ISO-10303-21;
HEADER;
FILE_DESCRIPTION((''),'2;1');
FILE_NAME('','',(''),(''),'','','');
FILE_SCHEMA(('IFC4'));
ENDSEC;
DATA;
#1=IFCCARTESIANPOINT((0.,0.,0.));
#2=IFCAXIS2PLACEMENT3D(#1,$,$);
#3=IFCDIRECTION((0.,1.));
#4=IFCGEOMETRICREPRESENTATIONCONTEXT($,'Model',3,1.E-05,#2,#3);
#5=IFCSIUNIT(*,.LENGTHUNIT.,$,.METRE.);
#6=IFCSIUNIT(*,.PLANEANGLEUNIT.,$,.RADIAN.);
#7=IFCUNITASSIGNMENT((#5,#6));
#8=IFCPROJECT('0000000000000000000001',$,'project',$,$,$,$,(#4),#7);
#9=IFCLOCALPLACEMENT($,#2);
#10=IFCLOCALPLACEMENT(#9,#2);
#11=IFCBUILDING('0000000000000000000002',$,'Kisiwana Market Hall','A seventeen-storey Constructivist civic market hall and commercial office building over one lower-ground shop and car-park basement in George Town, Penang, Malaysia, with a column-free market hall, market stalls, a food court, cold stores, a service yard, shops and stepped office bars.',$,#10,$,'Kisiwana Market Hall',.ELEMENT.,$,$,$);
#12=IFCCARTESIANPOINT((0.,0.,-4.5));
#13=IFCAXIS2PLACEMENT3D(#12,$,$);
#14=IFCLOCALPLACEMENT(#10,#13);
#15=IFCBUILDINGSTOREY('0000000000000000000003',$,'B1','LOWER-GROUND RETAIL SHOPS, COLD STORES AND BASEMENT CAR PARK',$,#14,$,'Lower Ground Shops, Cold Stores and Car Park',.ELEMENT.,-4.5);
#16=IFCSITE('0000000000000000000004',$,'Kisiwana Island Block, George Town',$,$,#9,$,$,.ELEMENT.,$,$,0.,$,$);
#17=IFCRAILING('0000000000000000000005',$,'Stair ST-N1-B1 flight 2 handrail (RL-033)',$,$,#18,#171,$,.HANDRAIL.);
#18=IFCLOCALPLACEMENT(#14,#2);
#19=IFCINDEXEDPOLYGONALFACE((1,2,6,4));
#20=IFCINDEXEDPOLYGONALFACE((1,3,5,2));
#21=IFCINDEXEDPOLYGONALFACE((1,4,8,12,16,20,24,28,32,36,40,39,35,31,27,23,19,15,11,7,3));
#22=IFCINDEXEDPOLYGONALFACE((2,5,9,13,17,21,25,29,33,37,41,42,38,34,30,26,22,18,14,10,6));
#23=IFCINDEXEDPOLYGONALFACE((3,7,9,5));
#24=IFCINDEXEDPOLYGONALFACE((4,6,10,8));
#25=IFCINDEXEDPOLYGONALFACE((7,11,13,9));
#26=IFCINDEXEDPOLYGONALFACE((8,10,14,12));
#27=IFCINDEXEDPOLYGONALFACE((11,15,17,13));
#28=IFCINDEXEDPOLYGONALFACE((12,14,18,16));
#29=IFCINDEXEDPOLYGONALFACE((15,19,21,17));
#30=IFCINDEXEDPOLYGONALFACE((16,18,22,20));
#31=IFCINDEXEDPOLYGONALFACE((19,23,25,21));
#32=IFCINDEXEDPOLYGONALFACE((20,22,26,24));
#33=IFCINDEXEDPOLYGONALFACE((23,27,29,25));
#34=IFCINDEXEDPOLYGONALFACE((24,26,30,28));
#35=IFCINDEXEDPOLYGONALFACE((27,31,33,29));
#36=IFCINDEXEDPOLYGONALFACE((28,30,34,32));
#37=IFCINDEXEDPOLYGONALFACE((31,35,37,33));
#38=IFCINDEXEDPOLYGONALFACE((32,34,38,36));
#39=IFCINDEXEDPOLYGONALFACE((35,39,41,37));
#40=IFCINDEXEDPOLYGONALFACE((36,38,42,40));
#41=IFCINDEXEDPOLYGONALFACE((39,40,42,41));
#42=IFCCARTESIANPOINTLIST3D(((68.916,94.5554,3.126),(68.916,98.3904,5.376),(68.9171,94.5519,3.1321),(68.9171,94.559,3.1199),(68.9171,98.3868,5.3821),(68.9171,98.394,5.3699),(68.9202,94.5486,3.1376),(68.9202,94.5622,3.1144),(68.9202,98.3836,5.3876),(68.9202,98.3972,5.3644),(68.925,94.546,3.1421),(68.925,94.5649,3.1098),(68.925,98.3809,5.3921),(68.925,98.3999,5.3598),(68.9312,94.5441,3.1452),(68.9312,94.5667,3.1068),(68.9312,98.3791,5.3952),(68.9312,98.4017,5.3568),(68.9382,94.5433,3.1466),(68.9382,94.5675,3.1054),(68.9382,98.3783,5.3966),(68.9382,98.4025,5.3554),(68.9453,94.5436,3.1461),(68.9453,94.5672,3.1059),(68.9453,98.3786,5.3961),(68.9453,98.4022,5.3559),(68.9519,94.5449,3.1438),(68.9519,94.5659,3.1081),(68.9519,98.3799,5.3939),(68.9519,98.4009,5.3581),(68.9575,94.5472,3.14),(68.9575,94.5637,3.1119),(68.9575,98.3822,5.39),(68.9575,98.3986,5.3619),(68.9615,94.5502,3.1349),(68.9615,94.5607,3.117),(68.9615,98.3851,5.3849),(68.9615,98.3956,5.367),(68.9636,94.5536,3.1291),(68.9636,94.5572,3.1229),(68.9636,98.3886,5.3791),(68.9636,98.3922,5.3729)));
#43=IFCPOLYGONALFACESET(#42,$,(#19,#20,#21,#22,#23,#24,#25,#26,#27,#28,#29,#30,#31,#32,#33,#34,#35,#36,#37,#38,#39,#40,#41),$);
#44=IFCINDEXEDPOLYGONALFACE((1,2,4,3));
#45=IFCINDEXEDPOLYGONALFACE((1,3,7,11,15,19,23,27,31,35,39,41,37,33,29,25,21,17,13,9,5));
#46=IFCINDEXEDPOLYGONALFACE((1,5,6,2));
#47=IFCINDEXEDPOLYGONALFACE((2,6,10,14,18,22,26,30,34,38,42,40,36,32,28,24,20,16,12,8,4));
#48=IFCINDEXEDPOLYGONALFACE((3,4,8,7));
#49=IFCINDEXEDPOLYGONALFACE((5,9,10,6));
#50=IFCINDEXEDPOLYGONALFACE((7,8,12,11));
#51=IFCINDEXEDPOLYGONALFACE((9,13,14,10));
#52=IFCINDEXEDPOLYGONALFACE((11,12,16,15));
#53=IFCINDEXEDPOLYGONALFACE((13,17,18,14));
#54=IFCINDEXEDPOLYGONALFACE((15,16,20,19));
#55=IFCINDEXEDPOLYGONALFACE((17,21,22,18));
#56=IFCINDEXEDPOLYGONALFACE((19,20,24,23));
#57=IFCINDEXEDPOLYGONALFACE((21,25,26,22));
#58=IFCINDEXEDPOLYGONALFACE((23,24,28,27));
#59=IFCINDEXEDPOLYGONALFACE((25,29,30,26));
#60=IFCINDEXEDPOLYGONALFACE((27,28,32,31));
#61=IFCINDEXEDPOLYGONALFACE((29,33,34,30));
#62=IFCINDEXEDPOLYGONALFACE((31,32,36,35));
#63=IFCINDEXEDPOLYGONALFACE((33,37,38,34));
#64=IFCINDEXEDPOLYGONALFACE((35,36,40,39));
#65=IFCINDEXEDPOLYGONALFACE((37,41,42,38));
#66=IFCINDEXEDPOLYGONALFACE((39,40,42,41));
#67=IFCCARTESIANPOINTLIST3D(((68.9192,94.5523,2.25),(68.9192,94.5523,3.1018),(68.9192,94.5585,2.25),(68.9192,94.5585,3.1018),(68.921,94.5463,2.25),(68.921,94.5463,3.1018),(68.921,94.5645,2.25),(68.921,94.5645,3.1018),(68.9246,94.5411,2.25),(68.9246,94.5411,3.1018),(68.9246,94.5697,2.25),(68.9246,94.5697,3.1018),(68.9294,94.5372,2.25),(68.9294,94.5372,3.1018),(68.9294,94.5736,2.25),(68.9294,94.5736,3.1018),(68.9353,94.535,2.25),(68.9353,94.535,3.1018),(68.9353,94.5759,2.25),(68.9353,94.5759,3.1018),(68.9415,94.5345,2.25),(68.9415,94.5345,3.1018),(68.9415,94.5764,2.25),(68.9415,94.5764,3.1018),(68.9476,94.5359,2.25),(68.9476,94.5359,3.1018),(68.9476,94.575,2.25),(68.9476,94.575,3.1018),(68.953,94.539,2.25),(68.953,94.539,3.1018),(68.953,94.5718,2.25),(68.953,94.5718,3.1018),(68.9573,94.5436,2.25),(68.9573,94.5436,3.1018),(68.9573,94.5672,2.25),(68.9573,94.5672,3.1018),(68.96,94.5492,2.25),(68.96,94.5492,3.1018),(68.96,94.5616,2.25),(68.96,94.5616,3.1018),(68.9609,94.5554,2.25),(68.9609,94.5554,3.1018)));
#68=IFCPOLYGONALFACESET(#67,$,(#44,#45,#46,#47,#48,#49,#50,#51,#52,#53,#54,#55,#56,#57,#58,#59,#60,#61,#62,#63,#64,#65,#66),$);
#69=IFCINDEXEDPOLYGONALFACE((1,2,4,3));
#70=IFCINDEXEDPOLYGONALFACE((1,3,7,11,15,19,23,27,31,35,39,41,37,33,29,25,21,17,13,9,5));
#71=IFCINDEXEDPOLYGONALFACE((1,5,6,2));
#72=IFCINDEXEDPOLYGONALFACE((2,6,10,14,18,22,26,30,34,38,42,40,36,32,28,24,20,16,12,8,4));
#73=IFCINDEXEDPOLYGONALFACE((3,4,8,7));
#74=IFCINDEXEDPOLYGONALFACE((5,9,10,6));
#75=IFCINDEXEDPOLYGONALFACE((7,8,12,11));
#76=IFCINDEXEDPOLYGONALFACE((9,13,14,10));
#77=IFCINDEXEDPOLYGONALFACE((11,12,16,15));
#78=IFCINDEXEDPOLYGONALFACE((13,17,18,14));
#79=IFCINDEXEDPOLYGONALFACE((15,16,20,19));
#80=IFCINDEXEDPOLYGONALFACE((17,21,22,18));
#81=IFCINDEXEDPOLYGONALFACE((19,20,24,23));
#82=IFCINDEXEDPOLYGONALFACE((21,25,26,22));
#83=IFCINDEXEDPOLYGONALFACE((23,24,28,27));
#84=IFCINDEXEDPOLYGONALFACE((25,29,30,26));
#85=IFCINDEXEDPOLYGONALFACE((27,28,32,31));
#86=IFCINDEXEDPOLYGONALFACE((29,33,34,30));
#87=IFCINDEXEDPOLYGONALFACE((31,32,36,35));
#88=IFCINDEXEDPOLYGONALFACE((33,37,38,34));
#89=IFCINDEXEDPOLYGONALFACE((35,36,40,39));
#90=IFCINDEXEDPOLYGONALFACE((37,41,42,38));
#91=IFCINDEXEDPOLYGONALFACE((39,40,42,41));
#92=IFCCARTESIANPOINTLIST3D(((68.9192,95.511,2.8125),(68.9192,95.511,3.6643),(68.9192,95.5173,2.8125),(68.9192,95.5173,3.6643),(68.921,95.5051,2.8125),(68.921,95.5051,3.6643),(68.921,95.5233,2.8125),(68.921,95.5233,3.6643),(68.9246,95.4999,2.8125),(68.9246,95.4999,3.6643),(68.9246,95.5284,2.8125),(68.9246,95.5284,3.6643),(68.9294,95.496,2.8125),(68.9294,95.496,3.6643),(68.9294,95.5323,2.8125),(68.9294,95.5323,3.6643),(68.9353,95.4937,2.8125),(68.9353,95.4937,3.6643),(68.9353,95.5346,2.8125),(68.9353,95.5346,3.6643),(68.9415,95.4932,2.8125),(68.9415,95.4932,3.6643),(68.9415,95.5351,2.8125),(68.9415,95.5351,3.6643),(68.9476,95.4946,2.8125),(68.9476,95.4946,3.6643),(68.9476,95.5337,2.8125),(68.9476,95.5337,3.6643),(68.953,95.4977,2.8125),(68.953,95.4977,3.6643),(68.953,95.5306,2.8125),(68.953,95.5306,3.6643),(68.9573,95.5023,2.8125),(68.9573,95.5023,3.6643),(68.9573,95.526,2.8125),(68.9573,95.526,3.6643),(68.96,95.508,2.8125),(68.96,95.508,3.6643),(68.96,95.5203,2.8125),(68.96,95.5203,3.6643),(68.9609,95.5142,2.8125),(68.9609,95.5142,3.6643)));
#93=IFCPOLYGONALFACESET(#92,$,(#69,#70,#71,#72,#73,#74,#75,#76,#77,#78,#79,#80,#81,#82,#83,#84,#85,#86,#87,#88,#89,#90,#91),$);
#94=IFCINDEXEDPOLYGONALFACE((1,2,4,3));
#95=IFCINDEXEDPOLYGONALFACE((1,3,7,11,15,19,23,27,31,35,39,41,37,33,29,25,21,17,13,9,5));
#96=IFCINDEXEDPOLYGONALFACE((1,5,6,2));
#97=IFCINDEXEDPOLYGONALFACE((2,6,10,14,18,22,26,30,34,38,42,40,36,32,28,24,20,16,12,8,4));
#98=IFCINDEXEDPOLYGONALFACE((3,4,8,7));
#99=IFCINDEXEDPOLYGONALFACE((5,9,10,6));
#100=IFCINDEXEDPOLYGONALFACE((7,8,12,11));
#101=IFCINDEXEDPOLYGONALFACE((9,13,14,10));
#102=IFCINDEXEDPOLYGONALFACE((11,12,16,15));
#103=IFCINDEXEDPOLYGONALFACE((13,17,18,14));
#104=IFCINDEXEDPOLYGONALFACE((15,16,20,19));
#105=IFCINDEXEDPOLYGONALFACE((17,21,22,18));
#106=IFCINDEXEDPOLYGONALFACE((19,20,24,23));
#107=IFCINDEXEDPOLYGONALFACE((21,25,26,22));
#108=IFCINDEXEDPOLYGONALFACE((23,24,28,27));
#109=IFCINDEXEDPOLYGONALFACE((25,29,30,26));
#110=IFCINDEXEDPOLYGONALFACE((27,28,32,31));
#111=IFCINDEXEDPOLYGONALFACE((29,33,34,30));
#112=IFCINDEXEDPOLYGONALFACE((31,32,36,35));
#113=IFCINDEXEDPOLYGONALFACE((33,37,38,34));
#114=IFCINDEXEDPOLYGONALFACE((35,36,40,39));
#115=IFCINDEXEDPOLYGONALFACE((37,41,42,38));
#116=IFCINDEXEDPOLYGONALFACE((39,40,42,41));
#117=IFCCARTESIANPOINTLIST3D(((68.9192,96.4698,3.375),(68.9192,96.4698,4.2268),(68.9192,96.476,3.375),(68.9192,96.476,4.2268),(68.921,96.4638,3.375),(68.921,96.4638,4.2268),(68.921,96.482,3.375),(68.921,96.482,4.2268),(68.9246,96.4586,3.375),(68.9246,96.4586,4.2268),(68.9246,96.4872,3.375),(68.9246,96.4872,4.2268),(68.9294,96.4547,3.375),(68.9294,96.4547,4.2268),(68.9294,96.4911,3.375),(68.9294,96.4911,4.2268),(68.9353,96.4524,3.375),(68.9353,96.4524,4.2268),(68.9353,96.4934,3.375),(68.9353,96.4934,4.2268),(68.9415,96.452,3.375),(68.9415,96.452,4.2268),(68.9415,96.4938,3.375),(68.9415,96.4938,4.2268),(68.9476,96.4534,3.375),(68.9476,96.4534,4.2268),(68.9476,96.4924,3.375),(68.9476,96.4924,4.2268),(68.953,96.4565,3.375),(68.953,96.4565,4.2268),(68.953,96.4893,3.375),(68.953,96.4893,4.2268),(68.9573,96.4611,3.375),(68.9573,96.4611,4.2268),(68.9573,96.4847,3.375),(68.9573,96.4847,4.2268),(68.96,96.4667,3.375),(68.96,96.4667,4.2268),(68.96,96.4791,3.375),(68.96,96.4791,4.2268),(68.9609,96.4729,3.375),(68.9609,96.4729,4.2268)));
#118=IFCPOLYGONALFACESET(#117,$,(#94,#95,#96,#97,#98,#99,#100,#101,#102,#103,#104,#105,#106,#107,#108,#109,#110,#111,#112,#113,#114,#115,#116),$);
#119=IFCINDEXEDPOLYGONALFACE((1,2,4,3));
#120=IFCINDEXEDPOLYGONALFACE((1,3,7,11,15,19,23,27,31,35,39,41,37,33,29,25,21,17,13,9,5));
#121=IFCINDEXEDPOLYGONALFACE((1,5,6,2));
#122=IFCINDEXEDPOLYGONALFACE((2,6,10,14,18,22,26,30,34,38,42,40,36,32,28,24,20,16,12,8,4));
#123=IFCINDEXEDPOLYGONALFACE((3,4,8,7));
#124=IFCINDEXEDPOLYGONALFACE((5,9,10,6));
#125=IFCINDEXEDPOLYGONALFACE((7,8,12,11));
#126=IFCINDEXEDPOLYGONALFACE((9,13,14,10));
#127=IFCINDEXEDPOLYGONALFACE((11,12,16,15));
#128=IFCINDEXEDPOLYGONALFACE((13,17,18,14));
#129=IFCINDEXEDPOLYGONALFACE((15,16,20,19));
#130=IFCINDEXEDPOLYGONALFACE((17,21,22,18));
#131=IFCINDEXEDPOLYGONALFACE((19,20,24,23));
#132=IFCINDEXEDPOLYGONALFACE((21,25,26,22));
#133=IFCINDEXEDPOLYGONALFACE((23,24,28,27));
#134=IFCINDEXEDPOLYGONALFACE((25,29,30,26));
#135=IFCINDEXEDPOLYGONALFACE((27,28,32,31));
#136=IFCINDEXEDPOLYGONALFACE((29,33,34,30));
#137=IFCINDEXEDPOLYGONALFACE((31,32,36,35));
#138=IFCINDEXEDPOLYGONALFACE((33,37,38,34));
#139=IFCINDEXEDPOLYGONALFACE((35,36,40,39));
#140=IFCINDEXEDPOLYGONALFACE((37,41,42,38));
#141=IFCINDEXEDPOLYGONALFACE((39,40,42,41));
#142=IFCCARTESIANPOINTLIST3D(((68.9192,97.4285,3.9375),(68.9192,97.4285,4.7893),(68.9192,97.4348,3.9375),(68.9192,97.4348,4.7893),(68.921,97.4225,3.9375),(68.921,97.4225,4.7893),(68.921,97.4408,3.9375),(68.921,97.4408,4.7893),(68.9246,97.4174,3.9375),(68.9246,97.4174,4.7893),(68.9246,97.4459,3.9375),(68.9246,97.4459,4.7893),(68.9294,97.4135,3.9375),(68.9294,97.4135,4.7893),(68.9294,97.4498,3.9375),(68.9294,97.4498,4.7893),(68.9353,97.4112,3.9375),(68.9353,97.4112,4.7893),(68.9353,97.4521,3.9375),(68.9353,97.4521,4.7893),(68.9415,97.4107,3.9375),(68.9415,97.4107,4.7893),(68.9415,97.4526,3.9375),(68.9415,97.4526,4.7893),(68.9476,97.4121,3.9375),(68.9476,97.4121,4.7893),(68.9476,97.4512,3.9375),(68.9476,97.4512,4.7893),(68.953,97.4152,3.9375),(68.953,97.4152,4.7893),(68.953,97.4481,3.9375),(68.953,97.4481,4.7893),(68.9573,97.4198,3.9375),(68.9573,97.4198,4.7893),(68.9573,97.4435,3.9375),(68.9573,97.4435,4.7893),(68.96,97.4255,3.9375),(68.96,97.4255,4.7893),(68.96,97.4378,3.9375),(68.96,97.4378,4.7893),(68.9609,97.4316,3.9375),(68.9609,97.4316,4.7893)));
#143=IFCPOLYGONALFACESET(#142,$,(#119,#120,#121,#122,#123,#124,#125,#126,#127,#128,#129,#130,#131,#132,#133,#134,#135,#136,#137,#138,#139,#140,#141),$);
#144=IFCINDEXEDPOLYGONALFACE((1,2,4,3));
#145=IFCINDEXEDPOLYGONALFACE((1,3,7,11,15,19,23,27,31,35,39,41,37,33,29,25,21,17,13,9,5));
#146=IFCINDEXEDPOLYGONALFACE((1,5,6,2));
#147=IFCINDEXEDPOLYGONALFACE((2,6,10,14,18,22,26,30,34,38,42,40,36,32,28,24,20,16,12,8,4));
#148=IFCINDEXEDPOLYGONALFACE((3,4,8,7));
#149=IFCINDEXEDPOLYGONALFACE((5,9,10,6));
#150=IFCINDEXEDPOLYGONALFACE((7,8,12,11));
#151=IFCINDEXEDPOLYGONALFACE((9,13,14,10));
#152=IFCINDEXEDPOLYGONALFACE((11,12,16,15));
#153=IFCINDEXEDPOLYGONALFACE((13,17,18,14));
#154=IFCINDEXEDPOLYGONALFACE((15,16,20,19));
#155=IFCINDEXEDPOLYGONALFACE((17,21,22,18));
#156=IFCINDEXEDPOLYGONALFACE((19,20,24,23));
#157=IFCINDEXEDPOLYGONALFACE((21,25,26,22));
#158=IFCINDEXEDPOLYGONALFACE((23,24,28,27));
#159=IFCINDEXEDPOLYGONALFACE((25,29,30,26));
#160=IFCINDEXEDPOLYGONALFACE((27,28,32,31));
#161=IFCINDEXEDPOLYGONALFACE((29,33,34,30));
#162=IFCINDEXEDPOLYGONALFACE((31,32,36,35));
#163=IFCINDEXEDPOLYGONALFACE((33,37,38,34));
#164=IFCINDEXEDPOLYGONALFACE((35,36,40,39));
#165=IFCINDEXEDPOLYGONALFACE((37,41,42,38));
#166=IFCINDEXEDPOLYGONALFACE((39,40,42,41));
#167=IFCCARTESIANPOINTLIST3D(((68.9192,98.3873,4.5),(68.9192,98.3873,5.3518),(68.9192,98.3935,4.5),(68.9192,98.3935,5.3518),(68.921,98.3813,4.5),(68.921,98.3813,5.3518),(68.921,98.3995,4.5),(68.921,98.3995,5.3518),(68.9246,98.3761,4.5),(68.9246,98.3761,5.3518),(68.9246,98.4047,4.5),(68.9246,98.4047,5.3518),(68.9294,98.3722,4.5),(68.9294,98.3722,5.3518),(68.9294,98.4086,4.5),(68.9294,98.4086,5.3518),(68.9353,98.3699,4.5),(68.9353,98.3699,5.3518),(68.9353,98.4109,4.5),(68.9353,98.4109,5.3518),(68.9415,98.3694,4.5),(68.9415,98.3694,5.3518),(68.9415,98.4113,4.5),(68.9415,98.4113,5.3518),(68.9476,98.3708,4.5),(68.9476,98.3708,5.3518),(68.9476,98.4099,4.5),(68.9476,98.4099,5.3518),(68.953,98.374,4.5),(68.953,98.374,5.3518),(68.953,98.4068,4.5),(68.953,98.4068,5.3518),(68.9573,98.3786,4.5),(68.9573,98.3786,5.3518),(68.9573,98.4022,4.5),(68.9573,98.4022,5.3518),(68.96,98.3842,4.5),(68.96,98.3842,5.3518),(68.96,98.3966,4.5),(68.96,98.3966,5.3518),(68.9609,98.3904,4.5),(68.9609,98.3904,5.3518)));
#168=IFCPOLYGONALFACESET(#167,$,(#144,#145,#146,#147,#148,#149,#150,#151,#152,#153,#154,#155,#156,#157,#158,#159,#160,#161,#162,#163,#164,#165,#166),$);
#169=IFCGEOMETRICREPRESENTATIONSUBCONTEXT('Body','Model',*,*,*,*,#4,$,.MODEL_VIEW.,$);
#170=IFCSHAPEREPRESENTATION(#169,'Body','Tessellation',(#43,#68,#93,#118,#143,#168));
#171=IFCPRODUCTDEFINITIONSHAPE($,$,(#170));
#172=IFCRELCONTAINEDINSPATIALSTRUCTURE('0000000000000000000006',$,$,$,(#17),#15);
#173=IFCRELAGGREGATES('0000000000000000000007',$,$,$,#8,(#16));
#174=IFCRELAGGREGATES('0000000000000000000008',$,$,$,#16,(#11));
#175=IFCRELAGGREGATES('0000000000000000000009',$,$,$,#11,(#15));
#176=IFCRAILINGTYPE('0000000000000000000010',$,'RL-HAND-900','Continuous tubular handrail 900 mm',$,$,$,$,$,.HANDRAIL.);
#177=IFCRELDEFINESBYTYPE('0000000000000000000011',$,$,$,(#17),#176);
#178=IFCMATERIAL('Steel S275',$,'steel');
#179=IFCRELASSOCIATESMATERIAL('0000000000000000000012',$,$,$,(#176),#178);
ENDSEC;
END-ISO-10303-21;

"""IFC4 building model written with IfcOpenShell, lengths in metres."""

from ifc_helpers import new_model, si_unit, direction, frame, origin, origin_2d, place, context, subcontext, project, spatial, circle, extrude, material, type_object, element, save


model = new_model("IFC4")

# Units and contexts
model_context = context("Model", 3, precision=1e-05, world=origin(), true_north=direction((0.0, 1.0)))
body_context = subcontext(model_context, "Body", "Model", "MODEL_VIEW")
ifc_project = project(units=[si_unit("LENGTHUNIT", "METRE"), si_unit("PLANEANGLEUNIT", "RADIAN")], contexts=[model_context])

# Site, building, storey
site_placement = place(None, origin())
site = spatial("IfcSite", under=ifc_project, at=site_placement, Name="Kisiwana Island Block, George Town", CompositionType="ELEMENT", RefElevation=0.0)
building_placement = place(site_placement, origin())
building = spatial("IfcBuilding", under=site, at=building_placement, Name="Kisiwana Market Hall", Description="A seventeen-storey Constructivist civic market hall and commercial office building over one lower-ground shop and car-park basement in George Town, Penang, Malaysia, with a column-free market hall, market stalls, a food court, cold stores, a service yard, shops and stepped office bars.", LongName="Kisiwana Market Hall", CompositionType="ELEMENT")
storey_placement = place(building_placement, frame((0.0, 0.0, -4.5)))
storey = spatial("IfcBuildingStorey", under=building, at=storey_placement, Name="B1", Description="LOWER-GROUND RETAIL SHOPS, COLD STORES AND BASEMENT CAR PARK", LongName="Lower Ground Shops, Cold Stores and Car Park", CompositionType="ELEMENT", Elevation=-4.5)

# Railing
ifc_material_1 = material(Name="Steel S275", Category="steel")
railing_type = type_object("IfcRailingType", Name="RL-HAND-900", Description="Continuous tubular handrail 900 mm", PredefinedType="HANDRAIL", material=ifc_material_1)
for number, where, name in (
    (1, (68.9399, 94.5554, 2.25), "Stair ST-N1-B1 flight 2 handrail (RL-033)"),
):
    element("IfcRailing", number, at=place(storey_placement, frame(where)), inside=storey, type_object=railing_type, Name=name, PredefinedType="HANDRAIL", context=body_context, shape_type="SweptSolid", body=[
        extrude(circle(Radius=0.0239, at=origin_2d()), frame((0.0, 0.0, 0.876), z_axis=(0.0, 0.86251, 0.506041), x_axis=(-1.0, 0.0, 0.0)), (0.0, 0.0, 1.0), 4.4463),
        extrude(circle(Radius=0.021, at=origin_2d()), origin(), (0.0, 0.0, 1.0), 0.8518),
        extrude(circle(Radius=0.021, at=origin_2d()), frame((0.0, 0.9587, 0.5625)), (0.0, 0.0, 1.0), 0.8518),
        extrude(circle(Radius=0.021, at=origin_2d()), frame((0.0, 1.9175, 1.125)), (0.0, 0.0, 1.0), 0.8518),
        extrude(circle(Radius=0.021, at=origin_2d()), frame((0.0, 2.8762, 1.6875)), (0.0, 0.0, 1.0), 0.8518),
        extrude(circle(Radius=0.021, at=origin_2d()), frame((0.0, 3.835, 2.25)), (0.0, 0.0, 1.0), 0.8518),
    ])

save(model, "model.ifc")
